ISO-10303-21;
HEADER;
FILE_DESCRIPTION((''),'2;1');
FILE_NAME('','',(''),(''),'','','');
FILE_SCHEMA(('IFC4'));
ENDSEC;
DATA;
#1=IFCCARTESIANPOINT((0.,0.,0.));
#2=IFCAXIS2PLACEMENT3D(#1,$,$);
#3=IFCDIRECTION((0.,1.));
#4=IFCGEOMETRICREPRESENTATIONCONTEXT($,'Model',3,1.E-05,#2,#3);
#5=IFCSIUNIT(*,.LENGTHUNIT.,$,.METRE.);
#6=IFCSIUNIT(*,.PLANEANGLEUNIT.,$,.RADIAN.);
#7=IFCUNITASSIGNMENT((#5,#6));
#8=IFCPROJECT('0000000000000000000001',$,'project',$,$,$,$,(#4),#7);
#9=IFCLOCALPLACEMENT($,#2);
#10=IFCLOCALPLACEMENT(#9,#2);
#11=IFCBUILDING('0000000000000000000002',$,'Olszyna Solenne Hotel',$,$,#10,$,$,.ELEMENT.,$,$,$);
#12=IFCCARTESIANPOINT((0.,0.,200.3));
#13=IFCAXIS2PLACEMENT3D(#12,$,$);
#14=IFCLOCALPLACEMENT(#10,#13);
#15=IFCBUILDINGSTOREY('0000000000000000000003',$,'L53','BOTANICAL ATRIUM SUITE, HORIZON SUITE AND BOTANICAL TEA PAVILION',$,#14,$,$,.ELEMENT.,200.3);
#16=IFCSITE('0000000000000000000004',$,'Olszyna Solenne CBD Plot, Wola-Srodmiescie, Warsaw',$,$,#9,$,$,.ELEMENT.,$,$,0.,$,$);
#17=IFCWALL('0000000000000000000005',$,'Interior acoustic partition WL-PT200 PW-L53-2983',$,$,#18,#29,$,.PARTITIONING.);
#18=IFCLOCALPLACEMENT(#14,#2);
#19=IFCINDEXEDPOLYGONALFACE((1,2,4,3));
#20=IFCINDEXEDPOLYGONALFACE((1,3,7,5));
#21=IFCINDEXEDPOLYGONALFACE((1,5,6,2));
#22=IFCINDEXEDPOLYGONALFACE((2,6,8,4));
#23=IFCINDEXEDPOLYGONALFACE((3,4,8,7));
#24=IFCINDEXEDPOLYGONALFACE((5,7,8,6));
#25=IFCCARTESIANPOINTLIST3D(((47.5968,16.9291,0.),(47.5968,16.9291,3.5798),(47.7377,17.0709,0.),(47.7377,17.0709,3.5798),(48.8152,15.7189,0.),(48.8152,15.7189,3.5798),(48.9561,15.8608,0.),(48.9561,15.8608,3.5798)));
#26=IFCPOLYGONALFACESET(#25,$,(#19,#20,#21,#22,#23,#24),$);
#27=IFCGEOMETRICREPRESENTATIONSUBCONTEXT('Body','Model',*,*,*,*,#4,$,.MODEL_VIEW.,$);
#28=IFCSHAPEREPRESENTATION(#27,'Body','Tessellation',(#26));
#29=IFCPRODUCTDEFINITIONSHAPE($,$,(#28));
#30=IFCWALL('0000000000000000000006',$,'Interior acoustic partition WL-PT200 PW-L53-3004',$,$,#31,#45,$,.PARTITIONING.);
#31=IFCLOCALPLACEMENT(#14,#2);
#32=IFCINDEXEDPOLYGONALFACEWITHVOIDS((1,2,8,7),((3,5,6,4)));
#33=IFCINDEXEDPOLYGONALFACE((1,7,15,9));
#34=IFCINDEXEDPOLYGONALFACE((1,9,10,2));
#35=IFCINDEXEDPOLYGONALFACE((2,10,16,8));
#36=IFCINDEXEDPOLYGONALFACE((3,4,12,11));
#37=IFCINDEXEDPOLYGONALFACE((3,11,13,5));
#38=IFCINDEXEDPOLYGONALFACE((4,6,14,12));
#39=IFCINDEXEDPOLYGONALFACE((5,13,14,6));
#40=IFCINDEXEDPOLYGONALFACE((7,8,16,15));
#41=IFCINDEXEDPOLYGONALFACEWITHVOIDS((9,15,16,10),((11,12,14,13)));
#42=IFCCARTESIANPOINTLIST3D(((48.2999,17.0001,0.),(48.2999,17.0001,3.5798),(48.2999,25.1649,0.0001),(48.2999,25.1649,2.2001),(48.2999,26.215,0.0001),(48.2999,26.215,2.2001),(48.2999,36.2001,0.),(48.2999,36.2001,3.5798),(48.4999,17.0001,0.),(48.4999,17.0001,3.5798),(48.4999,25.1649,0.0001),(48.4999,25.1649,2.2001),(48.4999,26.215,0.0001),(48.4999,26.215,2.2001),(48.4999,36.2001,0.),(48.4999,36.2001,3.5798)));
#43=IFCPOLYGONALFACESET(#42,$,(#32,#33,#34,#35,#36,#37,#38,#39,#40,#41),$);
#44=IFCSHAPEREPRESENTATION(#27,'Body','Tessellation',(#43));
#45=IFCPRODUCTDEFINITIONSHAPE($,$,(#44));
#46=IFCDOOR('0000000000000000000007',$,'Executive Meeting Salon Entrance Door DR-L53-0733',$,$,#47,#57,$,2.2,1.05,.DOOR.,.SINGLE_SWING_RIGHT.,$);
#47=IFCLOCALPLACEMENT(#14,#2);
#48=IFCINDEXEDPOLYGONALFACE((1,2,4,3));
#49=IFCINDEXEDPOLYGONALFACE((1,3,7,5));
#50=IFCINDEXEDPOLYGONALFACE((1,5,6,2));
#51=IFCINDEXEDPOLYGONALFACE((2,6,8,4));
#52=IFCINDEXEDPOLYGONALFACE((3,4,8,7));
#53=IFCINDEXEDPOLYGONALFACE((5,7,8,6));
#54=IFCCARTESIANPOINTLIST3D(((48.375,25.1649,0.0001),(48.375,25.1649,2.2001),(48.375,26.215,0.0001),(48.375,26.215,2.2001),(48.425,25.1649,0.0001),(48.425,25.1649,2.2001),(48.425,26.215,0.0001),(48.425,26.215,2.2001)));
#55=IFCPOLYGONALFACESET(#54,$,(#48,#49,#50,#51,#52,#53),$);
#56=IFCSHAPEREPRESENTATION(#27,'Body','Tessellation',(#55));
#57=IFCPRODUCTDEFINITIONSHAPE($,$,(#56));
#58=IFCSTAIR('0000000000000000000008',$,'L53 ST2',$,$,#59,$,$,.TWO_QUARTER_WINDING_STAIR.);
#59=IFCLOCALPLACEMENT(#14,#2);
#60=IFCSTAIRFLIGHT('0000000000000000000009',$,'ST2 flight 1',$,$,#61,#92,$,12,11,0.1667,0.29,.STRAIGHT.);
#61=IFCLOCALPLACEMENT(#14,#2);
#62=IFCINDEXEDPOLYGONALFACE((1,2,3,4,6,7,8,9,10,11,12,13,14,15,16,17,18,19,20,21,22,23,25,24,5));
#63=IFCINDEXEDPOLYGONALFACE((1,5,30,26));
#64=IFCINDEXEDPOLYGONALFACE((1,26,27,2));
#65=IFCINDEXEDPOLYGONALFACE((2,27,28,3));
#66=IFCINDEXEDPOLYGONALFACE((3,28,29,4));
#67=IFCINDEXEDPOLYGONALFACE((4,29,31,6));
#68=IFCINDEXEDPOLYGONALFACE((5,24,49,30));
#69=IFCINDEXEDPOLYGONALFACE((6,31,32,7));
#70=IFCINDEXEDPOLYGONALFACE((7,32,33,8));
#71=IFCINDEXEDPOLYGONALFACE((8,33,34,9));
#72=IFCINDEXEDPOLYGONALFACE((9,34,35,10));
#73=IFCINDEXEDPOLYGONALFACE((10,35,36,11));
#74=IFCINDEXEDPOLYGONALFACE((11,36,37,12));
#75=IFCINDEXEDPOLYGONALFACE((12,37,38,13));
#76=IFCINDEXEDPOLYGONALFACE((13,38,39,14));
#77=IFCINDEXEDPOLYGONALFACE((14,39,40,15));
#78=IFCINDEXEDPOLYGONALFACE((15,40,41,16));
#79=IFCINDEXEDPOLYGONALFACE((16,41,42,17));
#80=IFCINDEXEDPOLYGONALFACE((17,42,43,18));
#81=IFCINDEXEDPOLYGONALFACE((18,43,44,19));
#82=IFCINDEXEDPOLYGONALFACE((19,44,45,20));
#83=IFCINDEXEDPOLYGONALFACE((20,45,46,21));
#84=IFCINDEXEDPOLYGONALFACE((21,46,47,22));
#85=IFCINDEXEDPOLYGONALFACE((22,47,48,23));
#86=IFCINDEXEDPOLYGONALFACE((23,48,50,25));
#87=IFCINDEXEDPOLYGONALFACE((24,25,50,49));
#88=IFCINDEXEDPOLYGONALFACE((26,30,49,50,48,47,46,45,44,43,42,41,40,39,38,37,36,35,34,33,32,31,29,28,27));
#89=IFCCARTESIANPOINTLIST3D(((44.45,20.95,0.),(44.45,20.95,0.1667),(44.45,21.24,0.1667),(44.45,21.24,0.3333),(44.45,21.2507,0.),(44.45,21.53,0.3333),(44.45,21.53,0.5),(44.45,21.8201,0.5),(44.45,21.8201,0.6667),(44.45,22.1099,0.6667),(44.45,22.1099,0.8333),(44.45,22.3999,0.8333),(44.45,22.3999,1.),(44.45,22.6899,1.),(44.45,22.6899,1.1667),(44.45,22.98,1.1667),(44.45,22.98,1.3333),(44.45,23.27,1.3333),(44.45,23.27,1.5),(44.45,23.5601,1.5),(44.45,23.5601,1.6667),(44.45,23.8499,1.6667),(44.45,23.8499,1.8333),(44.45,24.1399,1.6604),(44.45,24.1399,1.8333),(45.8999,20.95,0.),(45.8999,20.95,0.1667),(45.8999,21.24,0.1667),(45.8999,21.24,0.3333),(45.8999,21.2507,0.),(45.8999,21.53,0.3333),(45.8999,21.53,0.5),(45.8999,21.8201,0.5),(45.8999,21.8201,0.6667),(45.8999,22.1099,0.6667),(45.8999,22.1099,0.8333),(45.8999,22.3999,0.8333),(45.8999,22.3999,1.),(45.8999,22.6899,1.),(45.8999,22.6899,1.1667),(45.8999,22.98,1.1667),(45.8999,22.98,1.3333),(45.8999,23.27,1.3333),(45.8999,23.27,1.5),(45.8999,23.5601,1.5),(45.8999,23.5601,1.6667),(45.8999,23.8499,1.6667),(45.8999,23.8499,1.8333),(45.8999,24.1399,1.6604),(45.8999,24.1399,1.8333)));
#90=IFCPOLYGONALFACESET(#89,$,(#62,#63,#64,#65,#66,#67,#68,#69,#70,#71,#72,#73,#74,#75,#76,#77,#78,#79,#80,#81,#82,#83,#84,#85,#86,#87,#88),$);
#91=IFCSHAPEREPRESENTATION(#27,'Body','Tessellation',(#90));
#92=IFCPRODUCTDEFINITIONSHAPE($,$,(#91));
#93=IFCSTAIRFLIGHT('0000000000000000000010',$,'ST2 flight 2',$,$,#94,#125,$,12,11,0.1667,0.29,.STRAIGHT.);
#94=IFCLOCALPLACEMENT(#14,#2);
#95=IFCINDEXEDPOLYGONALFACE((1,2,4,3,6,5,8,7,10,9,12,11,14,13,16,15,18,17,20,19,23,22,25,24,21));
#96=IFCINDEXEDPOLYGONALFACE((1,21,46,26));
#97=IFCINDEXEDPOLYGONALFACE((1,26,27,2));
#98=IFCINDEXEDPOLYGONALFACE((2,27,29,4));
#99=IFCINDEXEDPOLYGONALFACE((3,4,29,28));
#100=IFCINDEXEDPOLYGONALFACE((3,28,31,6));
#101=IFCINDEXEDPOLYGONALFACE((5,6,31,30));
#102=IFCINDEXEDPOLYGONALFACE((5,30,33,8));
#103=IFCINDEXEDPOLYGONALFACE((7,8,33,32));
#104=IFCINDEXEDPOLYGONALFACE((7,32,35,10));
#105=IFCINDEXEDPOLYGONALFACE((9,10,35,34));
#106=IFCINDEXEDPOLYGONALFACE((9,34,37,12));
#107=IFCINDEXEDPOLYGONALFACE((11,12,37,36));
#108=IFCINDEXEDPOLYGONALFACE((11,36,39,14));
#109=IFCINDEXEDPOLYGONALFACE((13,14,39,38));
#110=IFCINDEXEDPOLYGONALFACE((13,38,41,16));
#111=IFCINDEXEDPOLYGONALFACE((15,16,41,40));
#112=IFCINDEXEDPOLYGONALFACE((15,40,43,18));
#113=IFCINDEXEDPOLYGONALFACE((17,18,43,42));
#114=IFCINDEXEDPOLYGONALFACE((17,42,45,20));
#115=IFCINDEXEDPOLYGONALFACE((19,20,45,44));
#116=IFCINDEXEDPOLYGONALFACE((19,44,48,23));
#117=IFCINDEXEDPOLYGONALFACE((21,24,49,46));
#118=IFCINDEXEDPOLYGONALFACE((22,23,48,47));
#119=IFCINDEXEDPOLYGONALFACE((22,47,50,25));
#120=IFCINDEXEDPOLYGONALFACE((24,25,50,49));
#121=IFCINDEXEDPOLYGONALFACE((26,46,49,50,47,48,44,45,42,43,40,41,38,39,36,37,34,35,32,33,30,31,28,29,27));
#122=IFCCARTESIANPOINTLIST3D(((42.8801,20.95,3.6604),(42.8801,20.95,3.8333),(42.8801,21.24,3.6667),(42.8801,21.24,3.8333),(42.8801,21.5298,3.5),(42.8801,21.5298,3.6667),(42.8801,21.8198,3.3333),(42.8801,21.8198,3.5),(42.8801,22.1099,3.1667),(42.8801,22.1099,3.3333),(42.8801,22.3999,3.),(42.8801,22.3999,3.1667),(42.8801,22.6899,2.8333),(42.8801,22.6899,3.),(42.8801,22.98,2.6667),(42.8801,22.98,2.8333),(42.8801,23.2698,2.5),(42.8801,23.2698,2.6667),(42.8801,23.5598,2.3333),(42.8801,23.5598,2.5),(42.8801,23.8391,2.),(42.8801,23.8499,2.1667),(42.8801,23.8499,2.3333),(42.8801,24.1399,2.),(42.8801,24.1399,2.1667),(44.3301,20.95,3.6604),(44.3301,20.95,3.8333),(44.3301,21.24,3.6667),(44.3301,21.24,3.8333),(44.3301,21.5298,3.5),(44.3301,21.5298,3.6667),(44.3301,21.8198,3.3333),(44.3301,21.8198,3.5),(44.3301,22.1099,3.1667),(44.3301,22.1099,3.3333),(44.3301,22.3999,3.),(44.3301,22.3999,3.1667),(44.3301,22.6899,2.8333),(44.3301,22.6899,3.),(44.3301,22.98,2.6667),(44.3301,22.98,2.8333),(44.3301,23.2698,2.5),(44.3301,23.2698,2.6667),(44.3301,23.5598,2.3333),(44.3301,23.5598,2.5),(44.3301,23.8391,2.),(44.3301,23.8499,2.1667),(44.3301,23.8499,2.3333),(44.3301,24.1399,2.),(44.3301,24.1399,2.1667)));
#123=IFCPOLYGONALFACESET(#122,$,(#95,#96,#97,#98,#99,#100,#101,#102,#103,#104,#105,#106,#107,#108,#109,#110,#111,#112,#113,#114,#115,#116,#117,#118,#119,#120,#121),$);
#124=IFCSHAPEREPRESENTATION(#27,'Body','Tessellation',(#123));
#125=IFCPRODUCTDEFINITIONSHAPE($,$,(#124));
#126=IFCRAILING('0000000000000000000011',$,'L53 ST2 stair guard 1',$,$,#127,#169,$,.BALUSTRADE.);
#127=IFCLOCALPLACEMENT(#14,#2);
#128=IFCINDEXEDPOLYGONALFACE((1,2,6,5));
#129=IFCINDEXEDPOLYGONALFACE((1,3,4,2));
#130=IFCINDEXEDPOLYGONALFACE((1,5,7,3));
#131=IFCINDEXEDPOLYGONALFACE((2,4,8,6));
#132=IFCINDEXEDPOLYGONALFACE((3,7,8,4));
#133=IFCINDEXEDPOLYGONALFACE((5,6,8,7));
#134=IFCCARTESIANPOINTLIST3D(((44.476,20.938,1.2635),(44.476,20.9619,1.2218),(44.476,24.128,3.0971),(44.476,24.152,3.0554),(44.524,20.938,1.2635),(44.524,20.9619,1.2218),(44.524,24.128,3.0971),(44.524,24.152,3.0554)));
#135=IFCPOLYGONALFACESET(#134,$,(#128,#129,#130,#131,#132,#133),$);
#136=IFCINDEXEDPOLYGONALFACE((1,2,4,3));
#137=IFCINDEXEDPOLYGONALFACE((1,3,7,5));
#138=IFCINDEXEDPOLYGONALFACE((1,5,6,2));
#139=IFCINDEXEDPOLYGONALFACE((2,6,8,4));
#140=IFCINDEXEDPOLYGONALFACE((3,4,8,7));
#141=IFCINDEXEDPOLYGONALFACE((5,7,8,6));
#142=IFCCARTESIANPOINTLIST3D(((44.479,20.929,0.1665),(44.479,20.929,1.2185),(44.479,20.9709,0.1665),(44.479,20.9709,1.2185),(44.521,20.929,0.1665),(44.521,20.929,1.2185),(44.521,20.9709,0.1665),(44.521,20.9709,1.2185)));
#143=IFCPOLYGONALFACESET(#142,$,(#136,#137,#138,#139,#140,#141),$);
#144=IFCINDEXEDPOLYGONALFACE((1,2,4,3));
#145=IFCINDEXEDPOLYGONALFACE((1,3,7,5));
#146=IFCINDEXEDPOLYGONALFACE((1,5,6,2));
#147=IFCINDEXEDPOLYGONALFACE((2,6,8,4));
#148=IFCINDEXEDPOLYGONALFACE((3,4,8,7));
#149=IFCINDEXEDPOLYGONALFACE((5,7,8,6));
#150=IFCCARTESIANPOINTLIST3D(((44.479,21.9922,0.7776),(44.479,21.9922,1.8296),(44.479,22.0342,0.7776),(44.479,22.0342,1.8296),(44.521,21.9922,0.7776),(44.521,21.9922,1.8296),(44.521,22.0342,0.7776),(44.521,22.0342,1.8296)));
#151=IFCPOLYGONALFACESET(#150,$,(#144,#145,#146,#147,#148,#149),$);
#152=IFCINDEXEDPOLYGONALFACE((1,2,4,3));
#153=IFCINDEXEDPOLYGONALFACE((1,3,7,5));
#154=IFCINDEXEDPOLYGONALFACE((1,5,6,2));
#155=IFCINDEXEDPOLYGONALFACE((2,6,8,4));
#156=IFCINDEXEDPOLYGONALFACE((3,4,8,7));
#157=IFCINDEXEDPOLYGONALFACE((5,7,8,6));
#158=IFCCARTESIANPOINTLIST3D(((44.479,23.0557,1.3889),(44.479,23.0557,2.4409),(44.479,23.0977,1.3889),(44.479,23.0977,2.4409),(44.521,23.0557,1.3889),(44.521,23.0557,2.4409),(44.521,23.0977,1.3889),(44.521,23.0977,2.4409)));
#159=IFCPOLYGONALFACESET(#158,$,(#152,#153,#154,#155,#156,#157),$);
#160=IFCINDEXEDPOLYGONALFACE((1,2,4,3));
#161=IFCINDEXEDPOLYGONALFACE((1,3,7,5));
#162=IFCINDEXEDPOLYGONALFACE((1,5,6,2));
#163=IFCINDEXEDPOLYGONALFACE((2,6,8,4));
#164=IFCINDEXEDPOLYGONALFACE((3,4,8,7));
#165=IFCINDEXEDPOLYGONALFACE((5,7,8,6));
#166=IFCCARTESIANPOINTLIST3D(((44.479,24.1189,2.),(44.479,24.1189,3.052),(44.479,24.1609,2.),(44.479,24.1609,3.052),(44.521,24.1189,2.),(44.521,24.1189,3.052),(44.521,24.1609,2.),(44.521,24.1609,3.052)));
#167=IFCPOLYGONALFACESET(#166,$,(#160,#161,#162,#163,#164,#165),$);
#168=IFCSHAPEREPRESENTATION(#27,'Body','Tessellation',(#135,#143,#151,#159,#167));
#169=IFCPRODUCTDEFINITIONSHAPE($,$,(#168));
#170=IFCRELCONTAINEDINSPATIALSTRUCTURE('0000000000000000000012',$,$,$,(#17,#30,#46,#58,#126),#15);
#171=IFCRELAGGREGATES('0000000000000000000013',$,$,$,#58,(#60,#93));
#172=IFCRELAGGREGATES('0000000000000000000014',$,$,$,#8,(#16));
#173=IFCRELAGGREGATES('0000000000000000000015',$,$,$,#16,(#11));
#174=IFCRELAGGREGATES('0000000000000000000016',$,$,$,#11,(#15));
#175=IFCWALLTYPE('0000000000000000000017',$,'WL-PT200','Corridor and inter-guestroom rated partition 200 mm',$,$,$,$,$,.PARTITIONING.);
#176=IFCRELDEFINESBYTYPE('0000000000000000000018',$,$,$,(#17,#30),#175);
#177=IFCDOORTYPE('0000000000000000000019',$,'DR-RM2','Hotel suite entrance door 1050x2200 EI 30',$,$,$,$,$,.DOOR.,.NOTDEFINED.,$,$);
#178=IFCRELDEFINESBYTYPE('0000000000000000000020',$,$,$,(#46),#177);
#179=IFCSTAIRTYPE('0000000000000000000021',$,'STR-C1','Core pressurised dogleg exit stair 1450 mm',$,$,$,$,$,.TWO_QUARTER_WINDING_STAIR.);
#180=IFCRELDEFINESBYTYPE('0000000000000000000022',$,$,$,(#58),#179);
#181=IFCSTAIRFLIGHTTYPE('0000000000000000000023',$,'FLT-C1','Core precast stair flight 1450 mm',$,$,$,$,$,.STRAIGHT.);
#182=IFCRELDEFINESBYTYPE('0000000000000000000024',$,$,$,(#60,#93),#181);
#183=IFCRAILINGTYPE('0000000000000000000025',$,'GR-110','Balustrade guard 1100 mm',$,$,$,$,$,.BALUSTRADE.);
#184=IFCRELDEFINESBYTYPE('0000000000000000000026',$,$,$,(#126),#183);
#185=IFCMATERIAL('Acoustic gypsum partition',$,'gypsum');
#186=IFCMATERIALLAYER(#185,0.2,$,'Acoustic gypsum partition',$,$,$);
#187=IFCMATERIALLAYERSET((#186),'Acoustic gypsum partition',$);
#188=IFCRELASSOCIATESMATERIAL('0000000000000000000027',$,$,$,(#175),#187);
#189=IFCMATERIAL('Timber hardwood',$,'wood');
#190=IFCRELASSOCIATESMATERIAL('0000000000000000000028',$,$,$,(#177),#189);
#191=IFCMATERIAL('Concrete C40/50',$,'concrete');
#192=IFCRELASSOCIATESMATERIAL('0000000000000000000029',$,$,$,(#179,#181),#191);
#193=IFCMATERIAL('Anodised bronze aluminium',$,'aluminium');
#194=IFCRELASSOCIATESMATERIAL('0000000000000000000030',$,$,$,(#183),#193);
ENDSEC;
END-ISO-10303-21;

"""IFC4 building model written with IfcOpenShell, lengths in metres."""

from ifc_helpers import new_model, si_unit, direction, frame, frame_2d, origin, origin_2d, place, context, subcontext, project, spatial, polyline, rectangle, outline, extrude, source, transform, mapped, material, layer, layer_set, type_object, type_shapes, element, fill, aggregate, save


model = new_model("IFC4")

# Units and contexts
model_context = context("Model", 3, precision=1e-05, world=origin(), true_north=direction((0.0, 1.0)))
body_context = subcontext(model_context, "Body", "Model", "MODEL_VIEW")
ifc_project = project(units=[si_unit("LENGTHUNIT", "METRE"), si_unit("PLANEANGLEUNIT", "RADIAN")], contexts=[model_context])

# Site, building, storey
site_placement = place(None, origin())
site = spatial("IfcSite", under=ifc_project, at=site_placement, Name="Olszyna Solenne CBD Plot, Wola-Srodmiescie, Warsaw", CompositionType="ELEMENT", RefElevation=0.0)
building_placement = place(site_placement, origin())
building = spatial("IfcBuilding", under=site, at=building_placement, Name="Olszyna Solenne Hotel", CompositionType="ELEMENT")
storey_placement = place(building_placement, frame((0.0, 0.0, 200.3)))
storey = spatial("IfcBuildingStorey", under=building, at=storey_placement, Name="L53", Description="BOTANICAL ATRIUM SUITE, HORIZON SUITE AND BOTANICAL TEA PAVILION", CompositionType="ELEMENT", Elevation=200.3)

# Shared definitions
ifc_material_1 = material(Name="Anodised bronze aluminium", Category="aluminium")

# Shared definitions
ifc_material_2 = material(Name="Acoustic gypsum partition", Category="gypsum")

# Shared definitions
ifc_material_3 = material(Name="Timber hardwood", Category="wood")

# Wall
ifc_layer_1 = layer(ifc_material_2, 0.2, Name="Acoustic gypsum partition")
ifc_layer_set_1 = layer_set([ifc_layer_1], Name="Acoustic gypsum partition")
wall_type_1 = type_object("IfcWallType", Name="WL-PT200", Description="Corridor and inter-guestroom rated partition 200 mm", PredefinedType="PARTITIONING", material=ifc_layer_set_1)
wall_1_placement = place(storey_placement, frame((47.6672, 17.0, 0.0), z_axis=(0.0, 0.0, 1.0), x_axis=(0.709519, -0.704686, 0.0)))
element("IfcWall", 1, at=wall_1_placement, inside=storey, type_object=wall_type_1, Name="Interior acoustic partition WL-PT200 PW-L53-2983", PredefinedType="PARTITIONING", context=body_context, shape_type="SweptSolid", body=[
    extrude(rectangle(XDim=1.7173, YDim=0.2, at=frame_2d((0.8586, 0.0))), origin(), (0.0, 0.0, 1.0), 3.5798),
])

# Wall, opening, door
wall_2_placement = place(storey_placement, frame((48.3999, 17.0, 0.0), z_axis=(0.0, 0.0, 1.0), x_axis=(0.0, 1.0, 0.0)))
wall_2 = element("IfcWall", 2, at=wall_2_placement, inside=storey, type_object=wall_type_1, Name="Interior acoustic partition WL-PT200 PW-L53-3004", PredefinedType="PARTITIONING", context=body_context, shape_type="SweptSolid", body=[
    extrude(rectangle(XDim=19.2, YDim=0.2, at=frame_2d((9.6001, 0.0))), origin(), (0.0, 0.0, 1.0), 3.5798),
])
opening_1_placement = place(wall_2_placement, frame((8.165, 0.0, 0.0)))
opening_1 = element("IfcOpeningElement", 3, at=opening_1_placement, cuts=wall_2, PredefinedType="OPENING", context=body_context, shape_type="SweptSolid", body=[
    extrude(rectangle(XDim=1.05, YDim=2.2, at=frame_2d((0.5249, 1.1001))), frame((0.0, 0.1099, 0.0), z_axis=(0.0, -1.0, 0.0), x_axis=(1.0, 0.0, 0.0)), (0.0, 0.0, 1.0), 0.22),
])
door_type_1 = type_object("IfcDoorType", Name="DR-RM2", Description="Hotel suite entrance door 1050x2200 EI 30", OperationType="NOTDEFINED", PredefinedType="DOOR", material=ifc_material_3)
shared_shape_1 = source(origin(), body_context, "Body", "SweptSolid", [
    extrude(rectangle(XDim=1.05, YDim=2.2, at=frame_2d((0.5249, 1.1001))), frame((0.0, 0.0249, 0.0), z_axis=(0.0, -1.0, 0.0), x_axis=(1.0, 0.0, 0.0)), (0.0, 0.0, 1.0), 0.05),
])
type_shapes(door_type_1, [shared_shape_1])
door_1_placement = place(opening_1_placement, origin())
door_1 = element("IfcDoor", 4, at=door_1_placement, inside=storey, type_object=door_type_1, Name="Executive Meeting Salon Entrance Door DR-L53-0733", OperationType="SINGLE_SWING_RIGHT", OverallHeight=2.2, OverallWidth=1.05, PredefinedType="DOOR", context=body_context, shape_type="MappedRepresentation", body=[
    mapped(shared_shape_1, transform((0.0, 0.0, 0.0), x_axis=(1.0, 0.0, 0.0), y_axis=(0.0, 1.0, 0.0), z_axis=(0.0, 0.0, 1.0), scale=1.0)),
])
fill(opening_1, door_1)

# Stair, stair flights
ifc_material_4 = material(Name="Concrete C40/50", Category="concrete")
stair_type = type_object("IfcStairType", Name="STR-C1", Description="Core pressurised dogleg exit stair 1450 mm", PredefinedType="TWO_QUARTER_WINDING_STAIR", material=ifc_material_4)
stair_placement = place(storey_placement, origin())
stair = element("IfcStair", 5, at=stair_placement, inside=storey, type_object=stair_type, Name="L53 ST2", PredefinedType="TWO_QUARTER_WINDING_STAIR")
stair_flight_type = type_object("IfcStairFlightType", Name="FLT-C1", Description="Core precast stair flight 1450 mm", PredefinedType="STRAIGHT", material=ifc_material_4)
stair_flight_1_placement = place(storey_placement, frame((45.175, 20.95, 0.0), z_axis=(0.0, 0.0, 1.0), x_axis=(0.0, 1.0, 0.0)))
stair_flight_1 = element("IfcStairFlight", 6, at=stair_flight_1_placement, type_object=stair_flight_type, Name="ST2 flight 1", NumberOfRisers=12, NumberOfTreads=11, PredefinedType="STRAIGHT", RiserHeight=0.1667, TreadLength=0.29, context=body_context, shape_type="SweptSolid", body=[
    extrude(outline(polyline([(0.0, 0.0), (0.0, 0.1667), (0.29, 0.1667), (0.29, 0.3333), (0.5801, 0.3333), (0.5801, 0.5), (0.8701, 0.5), (0.8701, 0.6667), (1.1599, 0.6667), (1.1599, 0.8333), (1.45, 0.8333), (1.45, 1.0), (1.74, 1.0), (1.74, 1.1667), (2.03, 1.1667), (2.03, 1.3333), (2.3201, 1.3333), (2.3201, 1.5), (2.6101, 1.5), (2.6101, 1.6667), (2.8999, 1.6667), (2.8999, 1.8333), (3.1899, 1.8333), (3.1899, 2.0), (3.1899, 1.6604), (0.3008, 0.0), (0.0, 0.0)])), frame((0.0, 0.7251, 0.0), z_axis=(0.0, -1.0, 0.0), x_axis=(1.0, 0.0, 0.0)), (0.0, 0.0, 1.0), 1.45),
])
stair_flight_2_placement = place(storey_placement, frame((43.605, 24.1399, 2.0), z_axis=(0.0, 0.0, 1.0), x_axis=(0.0, -1.0, 0.0)))
stair_flight_2 = element("IfcStairFlight", 7, at=stair_flight_2_placement, type_object=stair_flight_type, Name="ST2 flight 2", NumberOfRisers=12, NumberOfTreads=11, PredefinedType="STRAIGHT", RiserHeight=0.1667, TreadLength=0.29, context=body_context, shape_type="SweptSolid", body=[
    extrude(outline(polyline([(0.0, 0.0), (0.0, 0.1667), (0.29, 0.1667), (0.29, 0.3333), (0.5801, 0.3333), (0.5801, 0.5), (0.8701, 0.5), (0.8701, 0.6667), (1.1599, 0.6667), (1.1599, 0.8333), (1.45, 0.8333), (1.45, 1.0), (1.74, 1.0), (1.74, 1.1667), (2.03, 1.1667), (2.03, 1.3333), (2.3201, 1.3333), (2.3201, 1.5), (2.6101, 1.5), (2.6101, 1.6667), (2.8999, 1.6667), (2.8999, 1.8333), (3.1899, 1.8333), (3.1899, 2.0), (3.1899, 1.6604), (0.3008, 0.0), (0.0, 0.0)])), frame((0.0, 0.7251, 0.0), z_axis=(0.0, -1.0, 0.0), x_axis=(1.0, 0.0, 0.0)), (0.0, 0.0, 1.0), 1.45),
])
aggregate(stair, [stair_flight_1, stair_flight_2])

# Railing
railing_type_1 = type_object("IfcRailingType", Name="GR-110", Description="Balustrade guard 1100 mm", PredefinedType="BALUSTRADE", material=ifc_material_1)
railing_1_placement = place(storey_placement, frame((44.5, 20.95, 0.1665)))
element("IfcRailing", 8, at=railing_1_placement, inside=storey, type_object=railing_type_1, Name="L53 ST2 stair guard 1", PredefinedType="BALUSTRADE", context=body_context, shape_type="SweptSolid", body=[
    extrude(rectangle(XDim=0.0481, YDim=0.0481, at=origin_2d()), frame((0.0, 0.0, 1.0762), z_axis=(0.0, 0.866991, 0.498324), x_axis=(-1.0, 0.0, 0.0)), (0.0, 0.0, 1.0), 3.6794),
    extrude(rectangle(XDim=0.042, YDim=0.042, at=origin_2d()), origin(), (0.0, 0.0, 1.0), 1.052),
    extrude(rectangle(XDim=0.042, YDim=0.042, at=origin_2d()), frame((0.0, 1.0632, 0.6111)), (0.0, 0.0, 1.0), 1.052),
    extrude(rectangle(XDim=0.042, YDim=0.042, at=origin_2d()), frame((0.0, 2.1267, 1.2224)), (0.0, 0.0, 1.0), 1.052),
    extrude(rectangle(XDim=0.042, YDim=0.042, at=origin_2d()), frame((0.0, 3.1899, 1.8335)), (0.0, 0.0, 1.0), 1.052),
])

save(model, "model.ifc")
